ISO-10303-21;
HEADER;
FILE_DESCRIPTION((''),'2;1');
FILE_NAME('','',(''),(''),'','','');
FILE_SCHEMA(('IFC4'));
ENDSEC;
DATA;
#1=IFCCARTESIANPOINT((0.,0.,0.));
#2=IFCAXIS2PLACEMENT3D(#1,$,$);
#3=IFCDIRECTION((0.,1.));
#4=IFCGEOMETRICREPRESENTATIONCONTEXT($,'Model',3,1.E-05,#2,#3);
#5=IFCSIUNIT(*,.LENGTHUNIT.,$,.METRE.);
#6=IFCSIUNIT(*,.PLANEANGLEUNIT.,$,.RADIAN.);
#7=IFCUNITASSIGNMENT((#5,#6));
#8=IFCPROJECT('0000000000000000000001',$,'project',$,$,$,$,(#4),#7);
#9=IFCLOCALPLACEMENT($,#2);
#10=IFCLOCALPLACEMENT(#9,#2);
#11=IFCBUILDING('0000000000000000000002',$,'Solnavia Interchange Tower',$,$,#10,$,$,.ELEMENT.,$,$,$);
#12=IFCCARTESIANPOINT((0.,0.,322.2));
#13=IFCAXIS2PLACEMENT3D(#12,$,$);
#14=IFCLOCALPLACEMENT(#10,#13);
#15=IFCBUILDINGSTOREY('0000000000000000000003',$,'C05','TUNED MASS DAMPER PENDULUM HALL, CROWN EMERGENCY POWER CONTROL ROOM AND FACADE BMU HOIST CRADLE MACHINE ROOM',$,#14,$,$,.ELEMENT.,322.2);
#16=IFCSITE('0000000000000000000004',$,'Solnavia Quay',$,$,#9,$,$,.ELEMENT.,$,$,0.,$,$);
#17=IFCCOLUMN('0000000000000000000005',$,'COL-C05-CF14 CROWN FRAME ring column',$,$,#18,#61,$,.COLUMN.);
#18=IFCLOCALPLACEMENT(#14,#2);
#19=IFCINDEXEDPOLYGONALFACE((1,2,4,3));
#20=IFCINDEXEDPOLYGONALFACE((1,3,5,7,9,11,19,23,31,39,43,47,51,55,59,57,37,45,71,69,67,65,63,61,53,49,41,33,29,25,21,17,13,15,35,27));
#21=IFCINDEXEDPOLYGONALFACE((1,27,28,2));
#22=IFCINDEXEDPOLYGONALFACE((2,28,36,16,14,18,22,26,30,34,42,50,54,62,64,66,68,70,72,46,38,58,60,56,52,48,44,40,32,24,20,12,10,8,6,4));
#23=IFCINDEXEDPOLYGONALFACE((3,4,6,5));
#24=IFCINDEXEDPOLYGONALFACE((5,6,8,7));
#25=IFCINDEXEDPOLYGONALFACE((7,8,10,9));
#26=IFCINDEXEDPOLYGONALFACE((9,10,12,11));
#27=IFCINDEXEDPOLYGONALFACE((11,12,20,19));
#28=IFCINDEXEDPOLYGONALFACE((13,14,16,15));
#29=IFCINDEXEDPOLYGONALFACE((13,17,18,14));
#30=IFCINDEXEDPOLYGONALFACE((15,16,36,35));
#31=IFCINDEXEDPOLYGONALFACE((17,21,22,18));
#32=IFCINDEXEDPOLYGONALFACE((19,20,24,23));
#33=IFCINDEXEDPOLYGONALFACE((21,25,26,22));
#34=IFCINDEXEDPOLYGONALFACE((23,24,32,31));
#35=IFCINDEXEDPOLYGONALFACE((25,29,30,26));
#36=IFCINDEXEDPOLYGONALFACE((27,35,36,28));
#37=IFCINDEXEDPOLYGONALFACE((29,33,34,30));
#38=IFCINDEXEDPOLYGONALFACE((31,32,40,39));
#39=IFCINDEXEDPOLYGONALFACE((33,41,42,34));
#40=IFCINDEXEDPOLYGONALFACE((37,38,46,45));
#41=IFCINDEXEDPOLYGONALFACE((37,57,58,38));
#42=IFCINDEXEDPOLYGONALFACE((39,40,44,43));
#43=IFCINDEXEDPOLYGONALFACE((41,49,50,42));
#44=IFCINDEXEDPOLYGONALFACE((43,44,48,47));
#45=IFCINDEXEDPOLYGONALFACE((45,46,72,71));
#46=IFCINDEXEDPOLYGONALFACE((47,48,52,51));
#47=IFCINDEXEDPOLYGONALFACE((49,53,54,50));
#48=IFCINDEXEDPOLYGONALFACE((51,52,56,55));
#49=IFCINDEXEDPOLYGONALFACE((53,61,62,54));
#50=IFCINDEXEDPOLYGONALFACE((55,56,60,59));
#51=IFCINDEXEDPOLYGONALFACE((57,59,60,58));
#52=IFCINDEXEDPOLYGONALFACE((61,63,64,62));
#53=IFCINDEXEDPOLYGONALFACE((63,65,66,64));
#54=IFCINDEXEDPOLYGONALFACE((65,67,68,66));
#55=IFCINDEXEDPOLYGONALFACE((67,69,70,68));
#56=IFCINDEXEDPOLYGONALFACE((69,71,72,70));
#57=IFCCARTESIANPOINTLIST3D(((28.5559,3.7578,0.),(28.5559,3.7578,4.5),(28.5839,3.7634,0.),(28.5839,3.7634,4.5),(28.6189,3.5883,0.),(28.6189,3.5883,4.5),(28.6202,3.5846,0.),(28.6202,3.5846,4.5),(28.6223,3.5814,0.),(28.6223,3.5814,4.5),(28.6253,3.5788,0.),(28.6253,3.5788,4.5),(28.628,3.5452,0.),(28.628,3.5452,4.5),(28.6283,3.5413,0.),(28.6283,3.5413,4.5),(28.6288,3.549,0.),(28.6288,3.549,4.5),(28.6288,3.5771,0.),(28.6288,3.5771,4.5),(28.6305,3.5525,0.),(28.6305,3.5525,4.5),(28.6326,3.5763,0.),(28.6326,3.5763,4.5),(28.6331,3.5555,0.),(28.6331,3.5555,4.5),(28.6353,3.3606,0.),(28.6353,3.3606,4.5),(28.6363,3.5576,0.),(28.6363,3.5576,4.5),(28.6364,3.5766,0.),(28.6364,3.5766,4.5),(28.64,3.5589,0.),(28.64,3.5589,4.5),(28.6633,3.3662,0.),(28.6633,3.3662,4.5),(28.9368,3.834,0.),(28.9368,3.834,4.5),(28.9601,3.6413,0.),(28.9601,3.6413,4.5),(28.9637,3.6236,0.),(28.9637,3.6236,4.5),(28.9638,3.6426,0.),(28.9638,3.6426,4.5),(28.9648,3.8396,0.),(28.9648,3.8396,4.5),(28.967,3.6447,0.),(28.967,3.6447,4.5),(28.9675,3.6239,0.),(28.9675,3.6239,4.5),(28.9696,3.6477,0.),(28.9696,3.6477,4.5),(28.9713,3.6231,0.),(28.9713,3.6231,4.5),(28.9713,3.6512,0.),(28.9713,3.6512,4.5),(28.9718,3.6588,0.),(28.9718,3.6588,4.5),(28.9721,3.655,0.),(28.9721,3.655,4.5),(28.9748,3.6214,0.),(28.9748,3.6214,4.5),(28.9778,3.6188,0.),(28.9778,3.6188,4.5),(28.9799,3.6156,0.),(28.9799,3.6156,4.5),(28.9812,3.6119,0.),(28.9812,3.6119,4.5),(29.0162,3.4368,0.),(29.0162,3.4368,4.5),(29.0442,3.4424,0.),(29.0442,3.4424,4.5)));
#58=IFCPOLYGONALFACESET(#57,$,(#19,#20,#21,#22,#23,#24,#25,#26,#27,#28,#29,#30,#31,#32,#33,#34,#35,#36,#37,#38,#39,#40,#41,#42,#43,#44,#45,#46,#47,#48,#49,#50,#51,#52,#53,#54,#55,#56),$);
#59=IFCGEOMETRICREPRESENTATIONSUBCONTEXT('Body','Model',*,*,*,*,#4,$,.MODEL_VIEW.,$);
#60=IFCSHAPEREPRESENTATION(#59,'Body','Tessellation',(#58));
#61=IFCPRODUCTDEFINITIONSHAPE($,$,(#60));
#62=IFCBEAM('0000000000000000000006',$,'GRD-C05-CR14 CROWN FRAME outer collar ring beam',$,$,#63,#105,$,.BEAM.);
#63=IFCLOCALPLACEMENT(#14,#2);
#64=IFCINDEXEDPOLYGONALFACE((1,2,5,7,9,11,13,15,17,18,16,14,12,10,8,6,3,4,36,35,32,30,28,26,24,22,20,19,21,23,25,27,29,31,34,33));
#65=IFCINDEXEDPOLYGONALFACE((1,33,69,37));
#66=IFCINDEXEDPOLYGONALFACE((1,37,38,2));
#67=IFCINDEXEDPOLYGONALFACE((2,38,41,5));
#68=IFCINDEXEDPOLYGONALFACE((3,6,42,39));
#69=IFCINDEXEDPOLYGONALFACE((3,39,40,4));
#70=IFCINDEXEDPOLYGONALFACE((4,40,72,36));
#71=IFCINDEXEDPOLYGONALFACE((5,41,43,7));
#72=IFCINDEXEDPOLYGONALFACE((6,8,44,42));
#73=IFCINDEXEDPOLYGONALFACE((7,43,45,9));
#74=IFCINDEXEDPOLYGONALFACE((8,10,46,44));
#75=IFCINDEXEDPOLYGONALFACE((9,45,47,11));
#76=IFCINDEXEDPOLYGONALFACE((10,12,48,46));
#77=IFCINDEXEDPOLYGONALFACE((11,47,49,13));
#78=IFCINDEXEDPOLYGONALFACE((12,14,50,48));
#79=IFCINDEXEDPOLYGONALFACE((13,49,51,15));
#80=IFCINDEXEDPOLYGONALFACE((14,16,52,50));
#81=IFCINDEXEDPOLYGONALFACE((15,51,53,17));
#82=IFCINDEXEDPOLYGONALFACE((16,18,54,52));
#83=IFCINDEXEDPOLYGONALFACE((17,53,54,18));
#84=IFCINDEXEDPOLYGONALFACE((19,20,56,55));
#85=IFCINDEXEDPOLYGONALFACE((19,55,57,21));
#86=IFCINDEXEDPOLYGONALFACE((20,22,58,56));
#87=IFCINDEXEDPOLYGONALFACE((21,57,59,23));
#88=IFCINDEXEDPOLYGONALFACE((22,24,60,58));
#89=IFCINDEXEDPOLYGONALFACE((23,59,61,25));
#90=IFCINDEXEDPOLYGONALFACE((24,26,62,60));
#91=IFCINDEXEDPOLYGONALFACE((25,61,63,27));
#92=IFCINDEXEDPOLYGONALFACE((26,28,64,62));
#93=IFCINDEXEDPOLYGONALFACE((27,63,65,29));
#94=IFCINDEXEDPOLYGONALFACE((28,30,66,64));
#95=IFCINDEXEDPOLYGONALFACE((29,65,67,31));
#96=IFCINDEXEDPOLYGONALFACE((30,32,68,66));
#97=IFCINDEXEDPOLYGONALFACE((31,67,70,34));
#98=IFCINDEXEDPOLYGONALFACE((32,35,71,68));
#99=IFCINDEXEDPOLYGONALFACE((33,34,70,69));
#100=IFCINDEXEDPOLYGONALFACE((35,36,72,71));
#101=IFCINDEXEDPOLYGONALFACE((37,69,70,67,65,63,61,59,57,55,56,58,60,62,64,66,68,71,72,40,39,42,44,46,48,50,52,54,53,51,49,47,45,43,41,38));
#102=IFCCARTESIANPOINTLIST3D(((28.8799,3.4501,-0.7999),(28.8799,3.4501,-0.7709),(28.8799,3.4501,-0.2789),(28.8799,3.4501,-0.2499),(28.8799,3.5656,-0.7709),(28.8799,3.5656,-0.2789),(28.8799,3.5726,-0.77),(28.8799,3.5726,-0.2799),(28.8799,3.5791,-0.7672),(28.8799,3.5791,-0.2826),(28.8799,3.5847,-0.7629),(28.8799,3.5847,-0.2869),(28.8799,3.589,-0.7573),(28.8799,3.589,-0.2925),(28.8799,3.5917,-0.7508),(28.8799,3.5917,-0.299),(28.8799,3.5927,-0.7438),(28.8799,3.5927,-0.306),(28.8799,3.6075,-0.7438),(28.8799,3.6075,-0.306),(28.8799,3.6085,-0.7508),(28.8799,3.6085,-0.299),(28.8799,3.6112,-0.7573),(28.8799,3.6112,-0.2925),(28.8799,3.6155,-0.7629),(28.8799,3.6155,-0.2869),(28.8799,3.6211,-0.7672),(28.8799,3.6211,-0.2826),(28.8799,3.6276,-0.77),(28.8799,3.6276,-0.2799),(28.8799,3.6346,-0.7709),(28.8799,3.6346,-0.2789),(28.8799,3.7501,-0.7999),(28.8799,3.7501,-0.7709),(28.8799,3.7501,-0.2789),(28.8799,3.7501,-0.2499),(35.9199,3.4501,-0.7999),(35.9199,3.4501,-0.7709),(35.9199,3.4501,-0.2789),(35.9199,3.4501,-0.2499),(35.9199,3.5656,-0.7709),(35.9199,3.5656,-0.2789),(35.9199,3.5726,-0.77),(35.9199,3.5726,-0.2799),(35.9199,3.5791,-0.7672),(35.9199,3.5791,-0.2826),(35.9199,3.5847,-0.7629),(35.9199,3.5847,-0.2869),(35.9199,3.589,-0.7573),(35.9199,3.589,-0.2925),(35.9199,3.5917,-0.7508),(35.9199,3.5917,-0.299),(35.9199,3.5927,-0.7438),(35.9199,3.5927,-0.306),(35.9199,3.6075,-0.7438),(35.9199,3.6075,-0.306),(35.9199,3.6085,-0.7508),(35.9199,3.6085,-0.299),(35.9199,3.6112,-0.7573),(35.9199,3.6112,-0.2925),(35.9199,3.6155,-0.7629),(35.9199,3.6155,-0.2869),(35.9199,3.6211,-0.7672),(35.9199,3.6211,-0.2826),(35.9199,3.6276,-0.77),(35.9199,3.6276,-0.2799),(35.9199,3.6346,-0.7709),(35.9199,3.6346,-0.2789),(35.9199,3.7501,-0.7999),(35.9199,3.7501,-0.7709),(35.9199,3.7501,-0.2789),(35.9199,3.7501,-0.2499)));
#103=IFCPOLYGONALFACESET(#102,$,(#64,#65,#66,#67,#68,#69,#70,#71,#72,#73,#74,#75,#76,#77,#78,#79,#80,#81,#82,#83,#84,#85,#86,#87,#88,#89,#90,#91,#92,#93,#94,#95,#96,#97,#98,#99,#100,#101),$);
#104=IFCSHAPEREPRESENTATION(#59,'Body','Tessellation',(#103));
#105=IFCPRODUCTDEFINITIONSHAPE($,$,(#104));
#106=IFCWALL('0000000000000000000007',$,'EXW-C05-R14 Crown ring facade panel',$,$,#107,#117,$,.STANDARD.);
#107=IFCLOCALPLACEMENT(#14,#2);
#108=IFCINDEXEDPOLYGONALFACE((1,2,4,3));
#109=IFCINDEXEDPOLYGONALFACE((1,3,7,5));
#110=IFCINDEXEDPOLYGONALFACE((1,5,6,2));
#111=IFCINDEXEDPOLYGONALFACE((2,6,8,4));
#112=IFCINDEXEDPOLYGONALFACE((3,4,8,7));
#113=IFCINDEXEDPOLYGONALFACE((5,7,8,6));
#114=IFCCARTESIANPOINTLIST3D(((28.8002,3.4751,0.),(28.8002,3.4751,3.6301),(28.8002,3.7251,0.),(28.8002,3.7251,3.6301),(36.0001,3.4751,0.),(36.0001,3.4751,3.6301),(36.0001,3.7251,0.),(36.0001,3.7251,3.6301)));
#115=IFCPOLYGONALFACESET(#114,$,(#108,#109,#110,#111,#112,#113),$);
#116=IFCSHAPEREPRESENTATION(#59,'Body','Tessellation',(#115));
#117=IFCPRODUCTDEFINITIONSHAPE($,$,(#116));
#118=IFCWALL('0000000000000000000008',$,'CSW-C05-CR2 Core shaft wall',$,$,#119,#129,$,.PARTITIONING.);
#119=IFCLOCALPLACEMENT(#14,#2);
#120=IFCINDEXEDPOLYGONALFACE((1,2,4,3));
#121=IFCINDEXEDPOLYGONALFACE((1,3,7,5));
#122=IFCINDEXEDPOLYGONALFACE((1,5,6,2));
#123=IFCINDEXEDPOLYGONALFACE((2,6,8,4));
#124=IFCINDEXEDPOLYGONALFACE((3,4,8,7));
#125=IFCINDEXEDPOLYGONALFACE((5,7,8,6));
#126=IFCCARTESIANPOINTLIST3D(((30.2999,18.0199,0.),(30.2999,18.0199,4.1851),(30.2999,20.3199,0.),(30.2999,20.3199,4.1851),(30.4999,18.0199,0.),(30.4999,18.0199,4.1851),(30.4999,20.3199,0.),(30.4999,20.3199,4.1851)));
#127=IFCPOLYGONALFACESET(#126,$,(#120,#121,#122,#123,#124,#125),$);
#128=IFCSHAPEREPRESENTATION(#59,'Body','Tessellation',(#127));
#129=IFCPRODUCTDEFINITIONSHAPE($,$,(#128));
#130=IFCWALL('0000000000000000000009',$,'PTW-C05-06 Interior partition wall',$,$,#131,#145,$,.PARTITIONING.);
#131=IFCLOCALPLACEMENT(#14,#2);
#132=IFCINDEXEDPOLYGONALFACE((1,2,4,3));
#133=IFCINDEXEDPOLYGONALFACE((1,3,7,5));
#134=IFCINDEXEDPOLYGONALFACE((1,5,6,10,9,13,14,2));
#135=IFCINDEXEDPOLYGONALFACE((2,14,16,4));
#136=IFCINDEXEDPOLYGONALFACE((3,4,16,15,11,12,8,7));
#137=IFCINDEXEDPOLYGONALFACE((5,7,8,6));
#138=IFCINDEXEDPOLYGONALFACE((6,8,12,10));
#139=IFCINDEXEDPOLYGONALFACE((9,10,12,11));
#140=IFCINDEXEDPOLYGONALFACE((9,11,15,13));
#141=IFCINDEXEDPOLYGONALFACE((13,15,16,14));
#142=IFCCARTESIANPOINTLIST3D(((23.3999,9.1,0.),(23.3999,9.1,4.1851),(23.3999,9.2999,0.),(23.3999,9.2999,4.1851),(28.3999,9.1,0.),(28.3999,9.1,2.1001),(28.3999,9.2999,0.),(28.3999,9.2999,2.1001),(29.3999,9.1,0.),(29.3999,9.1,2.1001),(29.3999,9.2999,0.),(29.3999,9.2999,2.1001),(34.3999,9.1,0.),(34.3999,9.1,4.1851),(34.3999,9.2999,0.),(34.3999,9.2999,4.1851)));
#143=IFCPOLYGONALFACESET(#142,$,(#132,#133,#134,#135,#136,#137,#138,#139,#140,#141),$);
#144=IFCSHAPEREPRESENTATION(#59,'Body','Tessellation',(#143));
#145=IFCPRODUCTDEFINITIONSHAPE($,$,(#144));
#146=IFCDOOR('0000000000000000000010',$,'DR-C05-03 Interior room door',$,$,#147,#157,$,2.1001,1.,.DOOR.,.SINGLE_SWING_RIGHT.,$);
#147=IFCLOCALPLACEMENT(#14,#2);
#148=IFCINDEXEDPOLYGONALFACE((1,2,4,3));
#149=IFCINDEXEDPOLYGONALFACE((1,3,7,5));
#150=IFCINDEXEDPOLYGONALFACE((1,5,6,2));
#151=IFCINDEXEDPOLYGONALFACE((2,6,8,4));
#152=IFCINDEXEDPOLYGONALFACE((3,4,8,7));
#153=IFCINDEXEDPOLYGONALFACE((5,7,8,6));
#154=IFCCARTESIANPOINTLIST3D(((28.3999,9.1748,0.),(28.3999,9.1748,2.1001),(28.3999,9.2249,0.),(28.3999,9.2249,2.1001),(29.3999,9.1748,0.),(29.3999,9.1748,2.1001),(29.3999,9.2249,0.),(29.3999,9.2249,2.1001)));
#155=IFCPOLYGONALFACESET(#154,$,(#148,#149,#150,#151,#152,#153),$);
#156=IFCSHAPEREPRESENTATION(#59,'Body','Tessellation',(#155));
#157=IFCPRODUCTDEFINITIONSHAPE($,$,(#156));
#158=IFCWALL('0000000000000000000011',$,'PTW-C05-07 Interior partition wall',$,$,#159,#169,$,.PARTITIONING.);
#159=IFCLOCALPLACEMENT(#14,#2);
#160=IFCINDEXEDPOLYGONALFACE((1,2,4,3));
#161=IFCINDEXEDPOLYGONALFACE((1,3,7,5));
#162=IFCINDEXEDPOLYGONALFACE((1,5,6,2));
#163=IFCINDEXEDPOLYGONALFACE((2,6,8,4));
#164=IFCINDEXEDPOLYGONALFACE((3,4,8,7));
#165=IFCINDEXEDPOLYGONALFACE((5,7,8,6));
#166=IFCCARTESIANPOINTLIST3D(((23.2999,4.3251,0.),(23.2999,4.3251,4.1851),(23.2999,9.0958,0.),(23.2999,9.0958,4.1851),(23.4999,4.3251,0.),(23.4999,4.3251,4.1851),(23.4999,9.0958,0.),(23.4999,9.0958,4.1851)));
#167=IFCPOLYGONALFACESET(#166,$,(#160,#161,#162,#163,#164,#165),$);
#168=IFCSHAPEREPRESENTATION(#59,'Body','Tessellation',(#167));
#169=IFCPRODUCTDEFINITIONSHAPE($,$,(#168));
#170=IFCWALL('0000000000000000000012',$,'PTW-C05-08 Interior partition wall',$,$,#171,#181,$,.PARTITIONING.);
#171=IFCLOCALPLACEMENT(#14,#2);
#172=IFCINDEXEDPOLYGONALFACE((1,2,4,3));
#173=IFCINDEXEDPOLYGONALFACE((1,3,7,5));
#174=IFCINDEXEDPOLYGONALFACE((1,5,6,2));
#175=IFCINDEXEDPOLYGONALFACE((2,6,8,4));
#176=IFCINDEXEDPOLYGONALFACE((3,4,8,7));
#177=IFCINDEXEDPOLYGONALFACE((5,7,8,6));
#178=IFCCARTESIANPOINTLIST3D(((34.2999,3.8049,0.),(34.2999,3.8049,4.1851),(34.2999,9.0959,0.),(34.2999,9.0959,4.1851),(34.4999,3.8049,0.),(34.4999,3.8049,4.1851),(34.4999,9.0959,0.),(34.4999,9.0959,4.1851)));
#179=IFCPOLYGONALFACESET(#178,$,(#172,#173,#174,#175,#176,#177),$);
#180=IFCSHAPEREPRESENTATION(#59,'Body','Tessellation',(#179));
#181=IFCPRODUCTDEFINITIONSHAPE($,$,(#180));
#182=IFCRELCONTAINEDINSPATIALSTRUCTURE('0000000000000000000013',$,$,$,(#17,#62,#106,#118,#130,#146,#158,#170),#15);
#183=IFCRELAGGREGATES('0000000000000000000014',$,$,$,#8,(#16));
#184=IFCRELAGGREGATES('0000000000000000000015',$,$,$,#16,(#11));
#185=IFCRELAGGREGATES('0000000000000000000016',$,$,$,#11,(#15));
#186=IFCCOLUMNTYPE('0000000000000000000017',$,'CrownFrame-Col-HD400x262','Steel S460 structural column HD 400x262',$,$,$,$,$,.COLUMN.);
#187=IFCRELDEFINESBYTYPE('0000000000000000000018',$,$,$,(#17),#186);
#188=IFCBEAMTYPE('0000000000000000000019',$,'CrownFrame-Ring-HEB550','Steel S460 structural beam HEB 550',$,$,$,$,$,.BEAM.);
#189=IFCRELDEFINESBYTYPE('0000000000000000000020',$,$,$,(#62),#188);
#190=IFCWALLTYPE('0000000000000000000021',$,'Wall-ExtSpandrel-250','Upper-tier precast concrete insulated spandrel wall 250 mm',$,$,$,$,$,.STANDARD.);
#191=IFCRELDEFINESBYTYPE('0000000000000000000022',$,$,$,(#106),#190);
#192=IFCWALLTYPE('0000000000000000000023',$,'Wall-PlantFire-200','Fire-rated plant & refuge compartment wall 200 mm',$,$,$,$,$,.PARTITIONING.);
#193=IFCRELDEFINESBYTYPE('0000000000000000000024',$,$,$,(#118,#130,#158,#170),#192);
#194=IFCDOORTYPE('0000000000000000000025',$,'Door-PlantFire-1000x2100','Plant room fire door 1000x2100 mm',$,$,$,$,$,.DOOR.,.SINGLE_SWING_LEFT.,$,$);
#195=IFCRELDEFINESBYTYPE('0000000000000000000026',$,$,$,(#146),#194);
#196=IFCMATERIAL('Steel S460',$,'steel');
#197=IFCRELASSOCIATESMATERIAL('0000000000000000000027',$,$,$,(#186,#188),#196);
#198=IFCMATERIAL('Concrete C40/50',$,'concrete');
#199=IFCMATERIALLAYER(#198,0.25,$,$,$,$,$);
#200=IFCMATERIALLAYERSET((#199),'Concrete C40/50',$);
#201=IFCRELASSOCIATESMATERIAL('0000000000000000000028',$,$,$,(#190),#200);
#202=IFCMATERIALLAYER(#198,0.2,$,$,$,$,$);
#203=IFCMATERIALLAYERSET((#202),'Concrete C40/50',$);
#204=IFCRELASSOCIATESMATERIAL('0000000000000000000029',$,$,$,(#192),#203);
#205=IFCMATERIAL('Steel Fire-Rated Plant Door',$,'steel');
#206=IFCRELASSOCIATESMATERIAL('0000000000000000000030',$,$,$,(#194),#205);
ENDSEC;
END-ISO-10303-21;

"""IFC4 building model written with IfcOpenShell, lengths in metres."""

from ifc_helpers import new_model, si_unit, direction, frame, frame_2d, origin, origin_2d, place, context, subcontext, project, spatial, rectangle, i_section, extrude, material, layer, layer_set, material_profile, profile_set, type_object, element, fill, save


model = new_model("IFC4")

# Units and contexts
model_context = context("Model", 3, precision=1e-05, world=origin(), true_north=direction((0.0, 1.0)))
body_context = subcontext(model_context, "Body", "Model", "MODEL_VIEW")
ifc_project = project(units=[si_unit("LENGTHUNIT", "METRE"), si_unit("PLANEANGLEUNIT", "RADIAN")], contexts=[model_context])

# Site, building, storey
site_placement = place(None, origin())
site = spatial("IfcSite", under=ifc_project, at=site_placement, Name="Solnavia Quay", CompositionType="ELEMENT", RefElevation=0.0)
building_placement = place(site_placement, origin())
building = spatial("IfcBuilding", under=site, at=building_placement, Name="Solnavia Interchange Tower", CompositionType="ELEMENT")
storey_placement = place(building_placement, frame((0.0, 0.0, 322.2)))
storey = spatial("IfcBuildingStorey", under=building, at=storey_placement, Name="C05", Description="TUNED MASS DAMPER PENDULUM HALL, CROWN EMERGENCY POWER CONTROL ROOM AND FACADE BMU HOIST CRADLE MACHINE ROOM", CompositionType="ELEMENT", Elevation=322.2)

# Column
ifc_material_1 = material(Name="Steel S460", Category="steel")
ifc_material_profile_1 = material_profile(ifc_material_1, i_section(OverallWidth=0.405, OverallDepth=0.417, WebThickness=0.0181, FlangeThickness=0.0286, FilletRadius=0.0149, at=origin_2d()), Name="HD 400x262")
ifc_profile_set_1 = profile_set([ifc_material_profile_1], Name="Steel S460")
column_type = type_object("IfcColumnType", Name="CrownFrame-Col-HD400x262", Description="Steel S460 structural column HD 400x262", PredefinedType="COLUMN", material=ifc_profile_set_1)
column_placement = place(storey_placement, frame((28.8, 3.6001, 0.0), z_axis=(0.0, 0.0, 1.0), x_axis=(0.196117, -0.98058, 0.0)))
element("IfcColumn", 1, at=column_placement, inside=storey, type_object=column_type, Name="COL-C05-CF14 CROWN FRAME ring column", PredefinedType="COLUMN", context=body_context, shape_type="SweptSolid", body=[
    extrude(i_section(OverallWidth=0.405, OverallDepth=0.417, WebThickness=0.0181, FlangeThickness=0.0286, FilletRadius=0.0149, at=origin_2d()), origin(), (0.0, 0.0, 1.0), 4.5),
])

# Beam
ifc_material_profile_2 = material_profile(ifc_material_1, i_section(OverallWidth=0.3, OverallDepth=0.55, WebThickness=0.0149, FlangeThickness=0.0291, FilletRadius=0.0271, at=origin_2d()), Name="HEB 550")
ifc_profile_set_2 = profile_set([ifc_material_profile_2], Name="Steel S460")
beam_type = type_object("IfcBeamType", Name="CrownFrame-Ring-HEB550", Description="Steel S460 structural beam HEB 550", PredefinedType="BEAM", material=ifc_profile_set_2)
beam_placement = place(storey_placement, frame((28.8799, 3.6001, -0.5249), z_axis=(1.0, 0.0, 0.0), x_axis=(0.0, 1.0, 0.0)))
element("IfcBeam", 2, at=beam_placement, inside=storey, type_object=beam_type, Name="GRD-C05-CR14 CROWN FRAME outer collar ring beam", PredefinedType="BEAM", context=body_context, shape_type="SweptSolid", body=[
    extrude(i_section(OverallWidth=0.3, OverallDepth=0.55, WebThickness=0.0149, FlangeThickness=0.0291, FilletRadius=0.0271, at=origin_2d()), origin(), (0.0, 0.0, 1.0), 7.04),
])

# Walls
ifc_material_2 = material(Name="Concrete C40/50", Category="concrete")
ifc_layer_1 = layer(ifc_material_2, 0.25)
ifc_layer_set_1 = layer_set([ifc_layer_1], Name="Concrete C40/50")
wall_type_1 = type_object("IfcWallType", Name="Wall-ExtSpandrel-250", Description="Upper-tier precast concrete insulated spandrel wall 250 mm", PredefinedType="STANDARD", material=ifc_layer_set_1)
wall_1_placement = place(storey_placement, frame((28.8, 3.6001, 0.0), z_axis=(0.0, 0.0, 1.0), x_axis=(1.0, 0.0, 0.0)))
element("IfcWall", 3, at=wall_1_placement, inside=storey, type_object=wall_type_1, Name="EXW-C05-R14 Crown ring facade panel", PredefinedType="STANDARD", context=body_context, shape_type="SweptSolid", body=[
    extrude(rectangle(XDim=7.2, YDim=0.25, at=frame_2d((3.6001, 0.0))), origin(), (0.0, 0.0, 1.0), 3.6301),
])
ifc_layer_2 = layer(ifc_material_2, 0.2)
ifc_layer_set_2 = layer_set([ifc_layer_2], Name="Concrete C40/50")
wall_type_2 = type_object("IfcWallType", Name="Wall-PlantFire-200", Description="Fire-rated plant & refuge compartment wall 200 mm", PredefinedType="PARTITIONING", material=ifc_layer_set_2)
wall_2_placement = place(storey_placement, frame((30.3999, 18.02, 0.0), z_axis=(0.0, 0.0, 1.0), x_axis=(0.0, 1.0, 0.0)))
element("IfcWall", 4, at=wall_2_placement, inside=storey, type_object=wall_type_2, Name="CSW-C05-CR2 Core shaft wall", PredefinedType="PARTITIONING", context=body_context, shape_type="SweptSolid", body=[
    extrude(rectangle(XDim=2.3, YDim=0.2, at=frame_2d((1.1499, 0.0))), origin(), (0.0, 0.0, 1.0), 4.1851),
])

# Wall, opening, door
wall_3_placement = place(storey_placement, frame((23.3999, 9.2, 0.0), z_axis=(0.0, 0.0, 1.0), x_axis=(1.0, 0.0, 0.0)))
wall_3 = element("IfcWall", 5, at=wall_3_placement, inside=storey, type_object=wall_type_2, Name="PTW-C05-06 Interior partition wall", PredefinedType="PARTITIONING", context=body_context, shape_type="SweptSolid", body=[
    extrude(rectangle(XDim=11.0, YDim=0.2, at=frame_2d((5.5, 0.0))), origin(), (0.0, 0.0, 1.0), 4.1851),
])
opening_1_placement = place(wall_3_placement, frame((5.0, 0.0, 0.0)))
opening_1 = element("IfcOpeningElement", 6, at=opening_1_placement, cuts=wall_3, PredefinedType="OPENING", context=body_context, shape_type="SweptSolid", body=[
    extrude(rectangle(XDim=1.0, YDim=2.1001, at=frame_2d((0.5, 1.05))), frame((0.0, 0.1099, 0.0), z_axis=(0.0, -1.0, 0.0), x_axis=(1.0, 0.0, 0.0)), (0.0, 0.0, 1.0), 0.22),
])
ifc_material_3 = material(Name="Steel Fire-Rated Plant Door", Category="steel")
door_type_1 = type_object("IfcDoorType", Name="Door-PlantFire-1000x2100", Description="Plant room fire door 1000x2100 mm", OperationType="SINGLE_SWING_LEFT", PredefinedType="DOOR", material=ifc_material_3)
door_1_placement = place(opening_1_placement, origin())
door_1 = element("IfcDoor", 7, at=door_1_placement, inside=storey, type_object=door_type_1, Name="DR-C05-03 Interior room door", OperationType="SINGLE_SWING_RIGHT", OverallHeight=2.1001, OverallWidth=1.0, PredefinedType="DOOR", context=body_context, shape_type="SweptSolid", body=[
    extrude(rectangle(XDim=1.0, YDim=2.1001, at=frame_2d((0.5, 1.05))), frame((0.0, 0.0249, 0.0), z_axis=(0.0, -1.0, 0.0), x_axis=(1.0, 0.0, 0.0)), (0.0, 0.0, 1.0), 0.05),
])
fill(opening_1, door_1)

# Walls
wall_4_placement = place(storey_placement, frame((23.3999, 4.3252, 0.0), z_axis=(0.0, 0.0, 1.0), x_axis=(0.0, 1.0, 0.0)))
element("IfcWall", 8, at=wall_4_placement, inside=storey, type_object=wall_type_2, Name="PTW-C05-07 Interior partition wall", PredefinedType="PARTITIONING", context=body_context, shape_type="SweptSolid", body=[
    extrude(rectangle(XDim=4.7708, YDim=0.2, at=frame_2d((2.3853, 0.0))), origin(), (0.0, 0.0, 1.0), 4.1851),
])
wall_5_placement = place(storey_placement, frame((34.3999, 3.8049, 0.0), z_axis=(0.0, 0.0, 1.0), x_axis=(0.0, 1.0, 0.0)))
element("IfcWall", 9, at=wall_5_placement, inside=storey, type_object=wall_type_2, Name="PTW-C05-08 Interior partition wall", PredefinedType="PARTITIONING", context=body_context, shape_type="SweptSolid", body=[
    extrude(rectangle(XDim=5.291, YDim=0.2, at=frame_2d((2.6455, 0.0))), origin(), (0.0, 0.0, 1.0), 4.1851),
])

save(model, "model.ifc")
